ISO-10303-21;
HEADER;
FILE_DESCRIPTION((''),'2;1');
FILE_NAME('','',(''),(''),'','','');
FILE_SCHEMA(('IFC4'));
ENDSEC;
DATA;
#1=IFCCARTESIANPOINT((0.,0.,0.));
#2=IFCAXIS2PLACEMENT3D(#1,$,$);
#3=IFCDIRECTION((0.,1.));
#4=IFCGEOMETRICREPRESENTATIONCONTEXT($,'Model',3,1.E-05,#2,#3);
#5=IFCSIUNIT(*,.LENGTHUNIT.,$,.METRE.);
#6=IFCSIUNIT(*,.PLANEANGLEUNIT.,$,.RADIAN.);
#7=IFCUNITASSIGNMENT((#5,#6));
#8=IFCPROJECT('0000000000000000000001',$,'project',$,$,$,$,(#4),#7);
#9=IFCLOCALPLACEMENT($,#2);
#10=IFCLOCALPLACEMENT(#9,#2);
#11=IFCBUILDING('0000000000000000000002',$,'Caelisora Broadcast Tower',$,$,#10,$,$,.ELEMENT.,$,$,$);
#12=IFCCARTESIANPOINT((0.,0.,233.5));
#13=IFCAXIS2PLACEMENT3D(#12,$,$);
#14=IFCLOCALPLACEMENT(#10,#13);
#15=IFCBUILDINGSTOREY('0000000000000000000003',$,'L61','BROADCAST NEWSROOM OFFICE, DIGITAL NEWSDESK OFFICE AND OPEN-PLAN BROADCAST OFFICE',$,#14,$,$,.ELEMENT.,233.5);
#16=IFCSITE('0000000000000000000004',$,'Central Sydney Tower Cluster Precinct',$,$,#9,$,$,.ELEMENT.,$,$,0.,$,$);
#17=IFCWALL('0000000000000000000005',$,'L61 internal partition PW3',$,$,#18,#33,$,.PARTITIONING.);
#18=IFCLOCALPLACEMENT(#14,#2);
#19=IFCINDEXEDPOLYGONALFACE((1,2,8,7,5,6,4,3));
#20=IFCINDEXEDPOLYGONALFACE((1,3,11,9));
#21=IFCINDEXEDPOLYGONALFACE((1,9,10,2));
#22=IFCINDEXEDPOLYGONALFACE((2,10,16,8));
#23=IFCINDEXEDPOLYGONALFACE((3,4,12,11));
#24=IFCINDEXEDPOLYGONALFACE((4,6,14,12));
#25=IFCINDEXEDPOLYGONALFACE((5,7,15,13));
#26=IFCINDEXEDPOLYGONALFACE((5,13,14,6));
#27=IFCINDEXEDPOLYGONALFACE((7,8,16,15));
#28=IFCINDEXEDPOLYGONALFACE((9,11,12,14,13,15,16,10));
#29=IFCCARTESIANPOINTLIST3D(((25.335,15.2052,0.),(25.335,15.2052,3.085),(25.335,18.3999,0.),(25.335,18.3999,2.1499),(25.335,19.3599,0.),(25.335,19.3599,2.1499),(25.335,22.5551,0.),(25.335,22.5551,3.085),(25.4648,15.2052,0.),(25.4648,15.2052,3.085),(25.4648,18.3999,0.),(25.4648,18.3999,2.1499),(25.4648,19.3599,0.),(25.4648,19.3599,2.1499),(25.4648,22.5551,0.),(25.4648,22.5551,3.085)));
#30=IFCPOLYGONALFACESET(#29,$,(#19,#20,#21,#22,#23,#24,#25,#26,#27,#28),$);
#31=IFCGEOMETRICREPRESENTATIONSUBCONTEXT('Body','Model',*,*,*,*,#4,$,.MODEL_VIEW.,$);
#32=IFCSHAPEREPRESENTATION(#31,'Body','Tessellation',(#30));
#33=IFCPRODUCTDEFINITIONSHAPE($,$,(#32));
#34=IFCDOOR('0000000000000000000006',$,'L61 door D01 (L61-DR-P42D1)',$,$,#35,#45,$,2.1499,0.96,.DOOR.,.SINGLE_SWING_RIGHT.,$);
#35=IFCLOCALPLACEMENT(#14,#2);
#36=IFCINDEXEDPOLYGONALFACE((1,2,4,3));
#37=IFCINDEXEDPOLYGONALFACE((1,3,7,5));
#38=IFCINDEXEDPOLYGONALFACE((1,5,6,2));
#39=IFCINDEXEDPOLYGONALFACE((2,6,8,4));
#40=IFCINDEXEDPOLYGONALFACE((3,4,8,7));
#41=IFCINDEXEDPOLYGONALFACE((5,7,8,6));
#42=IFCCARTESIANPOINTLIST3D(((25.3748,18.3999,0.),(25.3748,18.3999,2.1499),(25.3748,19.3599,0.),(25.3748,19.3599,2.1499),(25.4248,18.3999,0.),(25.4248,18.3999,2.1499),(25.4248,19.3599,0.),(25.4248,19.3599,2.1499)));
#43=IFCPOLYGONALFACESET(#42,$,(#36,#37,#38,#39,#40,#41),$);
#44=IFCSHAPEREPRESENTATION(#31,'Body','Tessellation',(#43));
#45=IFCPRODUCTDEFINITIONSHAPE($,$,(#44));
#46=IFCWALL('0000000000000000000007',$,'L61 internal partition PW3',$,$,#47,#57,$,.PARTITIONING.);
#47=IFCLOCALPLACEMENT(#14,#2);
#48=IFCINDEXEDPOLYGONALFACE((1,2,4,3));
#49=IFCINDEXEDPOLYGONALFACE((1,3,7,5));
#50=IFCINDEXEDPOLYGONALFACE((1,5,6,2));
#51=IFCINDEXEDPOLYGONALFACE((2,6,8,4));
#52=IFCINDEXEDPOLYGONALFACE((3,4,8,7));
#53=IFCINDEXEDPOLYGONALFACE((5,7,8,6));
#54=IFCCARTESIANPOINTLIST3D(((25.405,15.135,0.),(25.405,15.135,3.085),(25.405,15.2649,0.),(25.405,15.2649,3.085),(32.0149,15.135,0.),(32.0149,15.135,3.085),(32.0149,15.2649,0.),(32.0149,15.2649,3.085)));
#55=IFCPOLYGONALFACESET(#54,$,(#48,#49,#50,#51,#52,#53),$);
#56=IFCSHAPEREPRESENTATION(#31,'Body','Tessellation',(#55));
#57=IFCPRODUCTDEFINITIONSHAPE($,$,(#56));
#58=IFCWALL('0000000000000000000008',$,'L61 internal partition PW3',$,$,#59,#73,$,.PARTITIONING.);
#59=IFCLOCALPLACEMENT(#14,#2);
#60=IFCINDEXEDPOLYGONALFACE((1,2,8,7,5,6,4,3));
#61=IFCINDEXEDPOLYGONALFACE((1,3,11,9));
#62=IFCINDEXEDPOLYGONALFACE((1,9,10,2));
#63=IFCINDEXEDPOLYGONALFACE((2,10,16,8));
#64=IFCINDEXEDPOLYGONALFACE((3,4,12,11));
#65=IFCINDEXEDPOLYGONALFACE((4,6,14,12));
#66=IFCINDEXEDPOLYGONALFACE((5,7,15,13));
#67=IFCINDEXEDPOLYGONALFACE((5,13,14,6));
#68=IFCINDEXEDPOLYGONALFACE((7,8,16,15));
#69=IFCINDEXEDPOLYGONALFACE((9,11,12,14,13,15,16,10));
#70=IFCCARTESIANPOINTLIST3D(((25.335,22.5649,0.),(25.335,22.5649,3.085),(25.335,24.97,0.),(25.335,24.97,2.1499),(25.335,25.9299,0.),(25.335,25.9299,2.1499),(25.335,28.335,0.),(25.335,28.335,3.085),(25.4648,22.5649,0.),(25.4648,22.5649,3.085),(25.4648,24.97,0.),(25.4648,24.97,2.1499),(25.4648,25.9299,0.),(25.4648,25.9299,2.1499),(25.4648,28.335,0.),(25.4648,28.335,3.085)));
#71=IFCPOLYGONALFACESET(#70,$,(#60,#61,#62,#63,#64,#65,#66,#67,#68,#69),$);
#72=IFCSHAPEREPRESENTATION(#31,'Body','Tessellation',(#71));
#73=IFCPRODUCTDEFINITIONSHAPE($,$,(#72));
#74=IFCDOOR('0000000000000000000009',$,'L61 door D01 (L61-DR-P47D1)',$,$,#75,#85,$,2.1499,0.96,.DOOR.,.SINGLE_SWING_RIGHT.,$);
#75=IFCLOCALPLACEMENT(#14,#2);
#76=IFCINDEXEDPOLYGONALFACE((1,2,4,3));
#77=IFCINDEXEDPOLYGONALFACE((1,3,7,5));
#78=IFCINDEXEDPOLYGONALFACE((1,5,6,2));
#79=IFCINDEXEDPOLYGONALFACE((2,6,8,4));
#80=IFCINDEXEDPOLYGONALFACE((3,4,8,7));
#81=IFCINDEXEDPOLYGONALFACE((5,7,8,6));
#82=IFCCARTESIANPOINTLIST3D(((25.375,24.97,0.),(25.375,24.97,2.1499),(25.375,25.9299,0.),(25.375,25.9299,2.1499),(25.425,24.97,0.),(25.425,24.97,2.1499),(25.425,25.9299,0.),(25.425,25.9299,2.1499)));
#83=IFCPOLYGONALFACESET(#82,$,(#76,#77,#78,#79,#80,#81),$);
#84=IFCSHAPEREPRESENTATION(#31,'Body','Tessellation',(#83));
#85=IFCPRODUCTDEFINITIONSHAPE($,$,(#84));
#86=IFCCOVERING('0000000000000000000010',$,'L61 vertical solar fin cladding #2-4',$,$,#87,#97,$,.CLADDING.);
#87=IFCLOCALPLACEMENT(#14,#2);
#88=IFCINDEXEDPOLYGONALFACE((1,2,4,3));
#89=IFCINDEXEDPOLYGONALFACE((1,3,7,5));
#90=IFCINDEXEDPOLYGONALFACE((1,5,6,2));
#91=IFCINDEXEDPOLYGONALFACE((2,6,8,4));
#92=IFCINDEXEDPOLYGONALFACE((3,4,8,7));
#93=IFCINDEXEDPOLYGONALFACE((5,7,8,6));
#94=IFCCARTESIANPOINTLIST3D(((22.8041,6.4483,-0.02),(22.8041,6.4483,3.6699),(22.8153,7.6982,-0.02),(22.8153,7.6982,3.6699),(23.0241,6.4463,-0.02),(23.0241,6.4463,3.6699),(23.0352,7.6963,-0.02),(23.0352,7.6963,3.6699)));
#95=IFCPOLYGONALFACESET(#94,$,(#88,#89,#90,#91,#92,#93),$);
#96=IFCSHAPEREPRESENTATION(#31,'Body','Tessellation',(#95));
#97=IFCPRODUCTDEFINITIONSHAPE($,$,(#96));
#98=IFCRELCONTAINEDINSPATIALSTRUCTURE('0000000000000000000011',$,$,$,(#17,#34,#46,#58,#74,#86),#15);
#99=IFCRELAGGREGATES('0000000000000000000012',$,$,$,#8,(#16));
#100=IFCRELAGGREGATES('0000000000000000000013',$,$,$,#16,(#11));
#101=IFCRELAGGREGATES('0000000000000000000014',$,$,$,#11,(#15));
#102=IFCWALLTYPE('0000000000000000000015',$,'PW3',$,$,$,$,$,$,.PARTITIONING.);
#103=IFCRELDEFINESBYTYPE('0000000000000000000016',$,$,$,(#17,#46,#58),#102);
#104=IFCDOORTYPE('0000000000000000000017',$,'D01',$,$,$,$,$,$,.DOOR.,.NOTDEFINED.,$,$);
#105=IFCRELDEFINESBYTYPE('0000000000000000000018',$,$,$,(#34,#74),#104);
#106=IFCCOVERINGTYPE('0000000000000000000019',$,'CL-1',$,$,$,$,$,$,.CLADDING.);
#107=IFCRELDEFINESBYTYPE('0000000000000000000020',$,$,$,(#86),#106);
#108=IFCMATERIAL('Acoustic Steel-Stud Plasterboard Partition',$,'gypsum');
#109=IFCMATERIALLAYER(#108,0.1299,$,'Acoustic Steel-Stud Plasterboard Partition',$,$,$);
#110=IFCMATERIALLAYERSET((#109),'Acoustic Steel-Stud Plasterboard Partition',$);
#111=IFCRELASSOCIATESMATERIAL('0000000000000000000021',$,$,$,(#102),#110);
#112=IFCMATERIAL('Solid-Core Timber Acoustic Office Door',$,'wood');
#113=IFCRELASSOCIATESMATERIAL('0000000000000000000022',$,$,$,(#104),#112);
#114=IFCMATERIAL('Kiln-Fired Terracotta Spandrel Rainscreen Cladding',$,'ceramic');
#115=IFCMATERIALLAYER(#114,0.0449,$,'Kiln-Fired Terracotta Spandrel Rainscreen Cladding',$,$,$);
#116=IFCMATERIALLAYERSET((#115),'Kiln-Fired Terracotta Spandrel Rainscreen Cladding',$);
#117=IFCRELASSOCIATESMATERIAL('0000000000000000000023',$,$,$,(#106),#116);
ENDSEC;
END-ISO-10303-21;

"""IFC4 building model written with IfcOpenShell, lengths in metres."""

from ifc_helpers import new_model, si_unit, direction, frame, frame_2d, origin, origin_2d, place, context, subcontext, project, spatial, rectangle, extrude, source, transform, mapped, material, layer, layer_set, type_object, type_shapes, element, fill, save


model = new_model("IFC4")

# Units and contexts
model_context = context("Model", 3, precision=1e-05, world=origin(), true_north=direction((0.0, 1.0)))
body_context = subcontext(model_context, "Body", "Model", "MODEL_VIEW")
ifc_project = project(units=[si_unit("LENGTHUNIT", "METRE"), si_unit("PLANEANGLEUNIT", "RADIAN")], contexts=[model_context])

# Site, building, storey
site_placement = place(None, origin())
site = spatial("IfcSite", under=ifc_project, at=site_placement, Name="Central Sydney Tower Cluster Precinct", CompositionType="ELEMENT", RefElevation=0.0)
building_placement = place(site_placement, origin())
building = spatial("IfcBuilding", under=site, at=building_placement, Name="Caelisora Broadcast Tower", CompositionType="ELEMENT")
storey_placement = place(building_placement, frame((0.0, 0.0, 233.5)))
storey = spatial("IfcBuildingStorey", under=building, at=storey_placement, Name="L61", Description="BROADCAST NEWSROOM OFFICE, DIGITAL NEWSDESK OFFICE AND OPEN-PLAN BROADCAST OFFICE", CompositionType="ELEMENT", Elevation=233.5)

# Wall, opening, door
ifc_material_1 = material(Name="Acoustic Steel-Stud Plasterboard Partition", Category="gypsum")
ifc_layer_1 = layer(ifc_material_1, 0.1299, Name="Acoustic Steel-Stud Plasterboard Partition")
ifc_layer_set_1 = layer_set([ifc_layer_1], Name="Acoustic Steel-Stud Plasterboard Partition")
wall_type = type_object("IfcWallType", Name="PW3", PredefinedType="PARTITIONING", material=ifc_layer_set_1)
wall_1_placement = place(storey_placement, frame((25.3999, 22.5549, 0.0), z_axis=(0.0, 0.0, 1.0), x_axis=(0.0, -1.0, 0.0)))
wall_1 = element("IfcWall", 1, at=wall_1_placement, inside=storey, type_object=wall_type, Name="L61 internal partition PW3", PredefinedType="PARTITIONING", context=body_context, shape_type="SweptSolid", body=[
    extrude(rectangle(XDim=7.3499, YDim=0.1299, at=frame_2d((3.6748, 0.0))), origin(), (0.0, 0.0, 1.0), 3.085),
])
opening_1_placement = place(wall_1_placement, frame((3.1951, 0.0, 0.0)))
opening_1 = element("IfcOpeningElement", 2, at=opening_1_placement, cuts=wall_1, PredefinedType="OPENING", context=body_context, shape_type="SweptSolid", body=[
    extrude(rectangle(XDim=0.96, YDim=2.1499, at=frame_2d((0.48, 1.075))), frame((0.0, 0.0769, 0.0), z_axis=(0.0, -1.0, 0.0), x_axis=(1.0, 0.0, 0.0)), (0.0, 0.0, 1.0), 0.1538),
])
ifc_material_2 = material(Name="Solid-Core Timber Acoustic Office Door", Category="wood")
door_type = type_object("IfcDoorType", Name="D01", OperationType="NOTDEFINED", PredefinedType="DOOR", material=ifc_material_2)
door_1_placement = place(opening_1_placement, origin())
door_1 = element("IfcDoor", 3, at=door_1_placement, inside=storey, type_object=door_type, Name="L61 door D01 (L61-DR-P42D1)", OperationType="SINGLE_SWING_RIGHT", OverallHeight=2.1499, OverallWidth=0.96, PredefinedType="DOOR", context=body_context, shape_type="SweptSolid", body=[
    extrude(rectangle(XDim=0.96, YDim=2.1499, at=frame_2d((0.48, 1.075))), frame((0.0, 0.0249, 0.0), z_axis=(0.0, -1.0, 0.0), x_axis=(1.0, 0.0, 0.0)), (0.0, 0.0, 1.0), 0.05),
])
fill(opening_1, door_1)

# Wall
wall_2_placement = place(storey_placement, frame((25.405, 15.2, 0.0), z_axis=(0.0, 0.0, 1.0), x_axis=(1.0, 0.0, 0.0)))
element("IfcWall", 4, at=wall_2_placement, inside=storey, type_object=wall_type, Name="L61 internal partition PW3", PredefinedType="PARTITIONING", context=body_context, shape_type="SweptSolid", body=[
    extrude(rectangle(XDim=6.6099, YDim=0.1299, at=frame_2d((3.3049, 0.0))), origin(), (0.0, 0.0, 1.0), 3.085),
])

# Wall, opening, door
wall_3_placement = place(storey_placement, frame((25.3999, 22.5649, 0.0), z_axis=(0.0, 0.0, 1.0), x_axis=(0.0, 1.0, 0.0)))
wall_3 = element("IfcWall", 5, at=wall_3_placement, inside=storey, type_object=wall_type, Name="L61 internal partition PW3", PredefinedType="PARTITIONING", context=body_context, shape_type="SweptSolid", body=[
    extrude(rectangle(XDim=5.77, YDim=0.1299, at=frame_2d((2.885, 0.0))), origin(), (0.0, 0.0, 1.0), 3.085),
])
opening_2_placement = place(wall_3_placement, frame((2.405, 0.0, 0.0)))
opening_2 = element("IfcOpeningElement", 6, at=opening_2_placement, cuts=wall_3, PredefinedType="OPENING", context=body_context, shape_type="SweptSolid", body=[
    extrude(rectangle(XDim=0.96, YDim=2.1499, at=frame_2d((0.48, 1.075))), frame((0.0, 0.0769, 0.0), z_axis=(0.0, -1.0, 0.0), x_axis=(1.0, 0.0, 0.0)), (0.0, 0.0, 1.0), 0.1538),
])
door_2_placement = place(opening_2_placement, origin())
door_2 = element("IfcDoor", 7, at=door_2_placement, inside=storey, type_object=door_type, Name="L61 door D01 (L61-DR-P47D1)", OperationType="SINGLE_SWING_RIGHT", OverallHeight=2.1499, OverallWidth=0.96, PredefinedType="DOOR", context=body_context, shape_type="SweptSolid", body=[
    extrude(rectangle(XDim=0.96, YDim=2.1499, at=frame_2d((0.48, 1.075))), frame((0.0, 0.0249, 0.0), z_axis=(0.0, -1.0, 0.0), x_axis=(1.0, 0.0, 0.0)), (0.0, 0.0, 1.0), 0.05),
])
fill(opening_2, door_2)

# Covering
ifc_material_3 = material(Name="Kiln-Fired Terracotta Spandrel Rainscreen Cladding", Category="ceramic")
ifc_layer_2 = layer(ifc_material_3, 0.0449, Name="Kiln-Fired Terracotta Spandrel Rainscreen Cladding")
ifc_layer_set_2 = layer_set([ifc_layer_2], Name="Kiln-Fired Terracotta Spandrel Rainscreen Cladding")
covering_type = type_object("IfcCoveringType", Name="CL-1", PredefinedType="CLADDING", material=ifc_layer_set_2)
shared_shape_1 = source(origin(), body_context, "Body", "SweptSolid", [
    extrude(rectangle(XDim=0.22, YDim=1.25, at=origin_2d()), origin(), (0.0, 0.0, 1.0), 3.6899),
])
type_shapes(covering_type, [shared_shape_1])
covering_placement = place(storey_placement, frame((22.9197, 7.0723, -0.02), z_axis=(0.0, 0.0, 1.0), x_axis=(-0.99996, 0.008901, 0.0)))
element("IfcCovering", 8, at=covering_placement, inside=storey, type_object=covering_type, Name="L61 vertical solar fin cladding #2-4", PredefinedType="CLADDING", context=body_context, shape_type="MappedRepresentation", body=[
    mapped(shared_shape_1, transform((0.0, 0.0, 0.0), scale=1.0)),
])

save(model, "model.ifc")
